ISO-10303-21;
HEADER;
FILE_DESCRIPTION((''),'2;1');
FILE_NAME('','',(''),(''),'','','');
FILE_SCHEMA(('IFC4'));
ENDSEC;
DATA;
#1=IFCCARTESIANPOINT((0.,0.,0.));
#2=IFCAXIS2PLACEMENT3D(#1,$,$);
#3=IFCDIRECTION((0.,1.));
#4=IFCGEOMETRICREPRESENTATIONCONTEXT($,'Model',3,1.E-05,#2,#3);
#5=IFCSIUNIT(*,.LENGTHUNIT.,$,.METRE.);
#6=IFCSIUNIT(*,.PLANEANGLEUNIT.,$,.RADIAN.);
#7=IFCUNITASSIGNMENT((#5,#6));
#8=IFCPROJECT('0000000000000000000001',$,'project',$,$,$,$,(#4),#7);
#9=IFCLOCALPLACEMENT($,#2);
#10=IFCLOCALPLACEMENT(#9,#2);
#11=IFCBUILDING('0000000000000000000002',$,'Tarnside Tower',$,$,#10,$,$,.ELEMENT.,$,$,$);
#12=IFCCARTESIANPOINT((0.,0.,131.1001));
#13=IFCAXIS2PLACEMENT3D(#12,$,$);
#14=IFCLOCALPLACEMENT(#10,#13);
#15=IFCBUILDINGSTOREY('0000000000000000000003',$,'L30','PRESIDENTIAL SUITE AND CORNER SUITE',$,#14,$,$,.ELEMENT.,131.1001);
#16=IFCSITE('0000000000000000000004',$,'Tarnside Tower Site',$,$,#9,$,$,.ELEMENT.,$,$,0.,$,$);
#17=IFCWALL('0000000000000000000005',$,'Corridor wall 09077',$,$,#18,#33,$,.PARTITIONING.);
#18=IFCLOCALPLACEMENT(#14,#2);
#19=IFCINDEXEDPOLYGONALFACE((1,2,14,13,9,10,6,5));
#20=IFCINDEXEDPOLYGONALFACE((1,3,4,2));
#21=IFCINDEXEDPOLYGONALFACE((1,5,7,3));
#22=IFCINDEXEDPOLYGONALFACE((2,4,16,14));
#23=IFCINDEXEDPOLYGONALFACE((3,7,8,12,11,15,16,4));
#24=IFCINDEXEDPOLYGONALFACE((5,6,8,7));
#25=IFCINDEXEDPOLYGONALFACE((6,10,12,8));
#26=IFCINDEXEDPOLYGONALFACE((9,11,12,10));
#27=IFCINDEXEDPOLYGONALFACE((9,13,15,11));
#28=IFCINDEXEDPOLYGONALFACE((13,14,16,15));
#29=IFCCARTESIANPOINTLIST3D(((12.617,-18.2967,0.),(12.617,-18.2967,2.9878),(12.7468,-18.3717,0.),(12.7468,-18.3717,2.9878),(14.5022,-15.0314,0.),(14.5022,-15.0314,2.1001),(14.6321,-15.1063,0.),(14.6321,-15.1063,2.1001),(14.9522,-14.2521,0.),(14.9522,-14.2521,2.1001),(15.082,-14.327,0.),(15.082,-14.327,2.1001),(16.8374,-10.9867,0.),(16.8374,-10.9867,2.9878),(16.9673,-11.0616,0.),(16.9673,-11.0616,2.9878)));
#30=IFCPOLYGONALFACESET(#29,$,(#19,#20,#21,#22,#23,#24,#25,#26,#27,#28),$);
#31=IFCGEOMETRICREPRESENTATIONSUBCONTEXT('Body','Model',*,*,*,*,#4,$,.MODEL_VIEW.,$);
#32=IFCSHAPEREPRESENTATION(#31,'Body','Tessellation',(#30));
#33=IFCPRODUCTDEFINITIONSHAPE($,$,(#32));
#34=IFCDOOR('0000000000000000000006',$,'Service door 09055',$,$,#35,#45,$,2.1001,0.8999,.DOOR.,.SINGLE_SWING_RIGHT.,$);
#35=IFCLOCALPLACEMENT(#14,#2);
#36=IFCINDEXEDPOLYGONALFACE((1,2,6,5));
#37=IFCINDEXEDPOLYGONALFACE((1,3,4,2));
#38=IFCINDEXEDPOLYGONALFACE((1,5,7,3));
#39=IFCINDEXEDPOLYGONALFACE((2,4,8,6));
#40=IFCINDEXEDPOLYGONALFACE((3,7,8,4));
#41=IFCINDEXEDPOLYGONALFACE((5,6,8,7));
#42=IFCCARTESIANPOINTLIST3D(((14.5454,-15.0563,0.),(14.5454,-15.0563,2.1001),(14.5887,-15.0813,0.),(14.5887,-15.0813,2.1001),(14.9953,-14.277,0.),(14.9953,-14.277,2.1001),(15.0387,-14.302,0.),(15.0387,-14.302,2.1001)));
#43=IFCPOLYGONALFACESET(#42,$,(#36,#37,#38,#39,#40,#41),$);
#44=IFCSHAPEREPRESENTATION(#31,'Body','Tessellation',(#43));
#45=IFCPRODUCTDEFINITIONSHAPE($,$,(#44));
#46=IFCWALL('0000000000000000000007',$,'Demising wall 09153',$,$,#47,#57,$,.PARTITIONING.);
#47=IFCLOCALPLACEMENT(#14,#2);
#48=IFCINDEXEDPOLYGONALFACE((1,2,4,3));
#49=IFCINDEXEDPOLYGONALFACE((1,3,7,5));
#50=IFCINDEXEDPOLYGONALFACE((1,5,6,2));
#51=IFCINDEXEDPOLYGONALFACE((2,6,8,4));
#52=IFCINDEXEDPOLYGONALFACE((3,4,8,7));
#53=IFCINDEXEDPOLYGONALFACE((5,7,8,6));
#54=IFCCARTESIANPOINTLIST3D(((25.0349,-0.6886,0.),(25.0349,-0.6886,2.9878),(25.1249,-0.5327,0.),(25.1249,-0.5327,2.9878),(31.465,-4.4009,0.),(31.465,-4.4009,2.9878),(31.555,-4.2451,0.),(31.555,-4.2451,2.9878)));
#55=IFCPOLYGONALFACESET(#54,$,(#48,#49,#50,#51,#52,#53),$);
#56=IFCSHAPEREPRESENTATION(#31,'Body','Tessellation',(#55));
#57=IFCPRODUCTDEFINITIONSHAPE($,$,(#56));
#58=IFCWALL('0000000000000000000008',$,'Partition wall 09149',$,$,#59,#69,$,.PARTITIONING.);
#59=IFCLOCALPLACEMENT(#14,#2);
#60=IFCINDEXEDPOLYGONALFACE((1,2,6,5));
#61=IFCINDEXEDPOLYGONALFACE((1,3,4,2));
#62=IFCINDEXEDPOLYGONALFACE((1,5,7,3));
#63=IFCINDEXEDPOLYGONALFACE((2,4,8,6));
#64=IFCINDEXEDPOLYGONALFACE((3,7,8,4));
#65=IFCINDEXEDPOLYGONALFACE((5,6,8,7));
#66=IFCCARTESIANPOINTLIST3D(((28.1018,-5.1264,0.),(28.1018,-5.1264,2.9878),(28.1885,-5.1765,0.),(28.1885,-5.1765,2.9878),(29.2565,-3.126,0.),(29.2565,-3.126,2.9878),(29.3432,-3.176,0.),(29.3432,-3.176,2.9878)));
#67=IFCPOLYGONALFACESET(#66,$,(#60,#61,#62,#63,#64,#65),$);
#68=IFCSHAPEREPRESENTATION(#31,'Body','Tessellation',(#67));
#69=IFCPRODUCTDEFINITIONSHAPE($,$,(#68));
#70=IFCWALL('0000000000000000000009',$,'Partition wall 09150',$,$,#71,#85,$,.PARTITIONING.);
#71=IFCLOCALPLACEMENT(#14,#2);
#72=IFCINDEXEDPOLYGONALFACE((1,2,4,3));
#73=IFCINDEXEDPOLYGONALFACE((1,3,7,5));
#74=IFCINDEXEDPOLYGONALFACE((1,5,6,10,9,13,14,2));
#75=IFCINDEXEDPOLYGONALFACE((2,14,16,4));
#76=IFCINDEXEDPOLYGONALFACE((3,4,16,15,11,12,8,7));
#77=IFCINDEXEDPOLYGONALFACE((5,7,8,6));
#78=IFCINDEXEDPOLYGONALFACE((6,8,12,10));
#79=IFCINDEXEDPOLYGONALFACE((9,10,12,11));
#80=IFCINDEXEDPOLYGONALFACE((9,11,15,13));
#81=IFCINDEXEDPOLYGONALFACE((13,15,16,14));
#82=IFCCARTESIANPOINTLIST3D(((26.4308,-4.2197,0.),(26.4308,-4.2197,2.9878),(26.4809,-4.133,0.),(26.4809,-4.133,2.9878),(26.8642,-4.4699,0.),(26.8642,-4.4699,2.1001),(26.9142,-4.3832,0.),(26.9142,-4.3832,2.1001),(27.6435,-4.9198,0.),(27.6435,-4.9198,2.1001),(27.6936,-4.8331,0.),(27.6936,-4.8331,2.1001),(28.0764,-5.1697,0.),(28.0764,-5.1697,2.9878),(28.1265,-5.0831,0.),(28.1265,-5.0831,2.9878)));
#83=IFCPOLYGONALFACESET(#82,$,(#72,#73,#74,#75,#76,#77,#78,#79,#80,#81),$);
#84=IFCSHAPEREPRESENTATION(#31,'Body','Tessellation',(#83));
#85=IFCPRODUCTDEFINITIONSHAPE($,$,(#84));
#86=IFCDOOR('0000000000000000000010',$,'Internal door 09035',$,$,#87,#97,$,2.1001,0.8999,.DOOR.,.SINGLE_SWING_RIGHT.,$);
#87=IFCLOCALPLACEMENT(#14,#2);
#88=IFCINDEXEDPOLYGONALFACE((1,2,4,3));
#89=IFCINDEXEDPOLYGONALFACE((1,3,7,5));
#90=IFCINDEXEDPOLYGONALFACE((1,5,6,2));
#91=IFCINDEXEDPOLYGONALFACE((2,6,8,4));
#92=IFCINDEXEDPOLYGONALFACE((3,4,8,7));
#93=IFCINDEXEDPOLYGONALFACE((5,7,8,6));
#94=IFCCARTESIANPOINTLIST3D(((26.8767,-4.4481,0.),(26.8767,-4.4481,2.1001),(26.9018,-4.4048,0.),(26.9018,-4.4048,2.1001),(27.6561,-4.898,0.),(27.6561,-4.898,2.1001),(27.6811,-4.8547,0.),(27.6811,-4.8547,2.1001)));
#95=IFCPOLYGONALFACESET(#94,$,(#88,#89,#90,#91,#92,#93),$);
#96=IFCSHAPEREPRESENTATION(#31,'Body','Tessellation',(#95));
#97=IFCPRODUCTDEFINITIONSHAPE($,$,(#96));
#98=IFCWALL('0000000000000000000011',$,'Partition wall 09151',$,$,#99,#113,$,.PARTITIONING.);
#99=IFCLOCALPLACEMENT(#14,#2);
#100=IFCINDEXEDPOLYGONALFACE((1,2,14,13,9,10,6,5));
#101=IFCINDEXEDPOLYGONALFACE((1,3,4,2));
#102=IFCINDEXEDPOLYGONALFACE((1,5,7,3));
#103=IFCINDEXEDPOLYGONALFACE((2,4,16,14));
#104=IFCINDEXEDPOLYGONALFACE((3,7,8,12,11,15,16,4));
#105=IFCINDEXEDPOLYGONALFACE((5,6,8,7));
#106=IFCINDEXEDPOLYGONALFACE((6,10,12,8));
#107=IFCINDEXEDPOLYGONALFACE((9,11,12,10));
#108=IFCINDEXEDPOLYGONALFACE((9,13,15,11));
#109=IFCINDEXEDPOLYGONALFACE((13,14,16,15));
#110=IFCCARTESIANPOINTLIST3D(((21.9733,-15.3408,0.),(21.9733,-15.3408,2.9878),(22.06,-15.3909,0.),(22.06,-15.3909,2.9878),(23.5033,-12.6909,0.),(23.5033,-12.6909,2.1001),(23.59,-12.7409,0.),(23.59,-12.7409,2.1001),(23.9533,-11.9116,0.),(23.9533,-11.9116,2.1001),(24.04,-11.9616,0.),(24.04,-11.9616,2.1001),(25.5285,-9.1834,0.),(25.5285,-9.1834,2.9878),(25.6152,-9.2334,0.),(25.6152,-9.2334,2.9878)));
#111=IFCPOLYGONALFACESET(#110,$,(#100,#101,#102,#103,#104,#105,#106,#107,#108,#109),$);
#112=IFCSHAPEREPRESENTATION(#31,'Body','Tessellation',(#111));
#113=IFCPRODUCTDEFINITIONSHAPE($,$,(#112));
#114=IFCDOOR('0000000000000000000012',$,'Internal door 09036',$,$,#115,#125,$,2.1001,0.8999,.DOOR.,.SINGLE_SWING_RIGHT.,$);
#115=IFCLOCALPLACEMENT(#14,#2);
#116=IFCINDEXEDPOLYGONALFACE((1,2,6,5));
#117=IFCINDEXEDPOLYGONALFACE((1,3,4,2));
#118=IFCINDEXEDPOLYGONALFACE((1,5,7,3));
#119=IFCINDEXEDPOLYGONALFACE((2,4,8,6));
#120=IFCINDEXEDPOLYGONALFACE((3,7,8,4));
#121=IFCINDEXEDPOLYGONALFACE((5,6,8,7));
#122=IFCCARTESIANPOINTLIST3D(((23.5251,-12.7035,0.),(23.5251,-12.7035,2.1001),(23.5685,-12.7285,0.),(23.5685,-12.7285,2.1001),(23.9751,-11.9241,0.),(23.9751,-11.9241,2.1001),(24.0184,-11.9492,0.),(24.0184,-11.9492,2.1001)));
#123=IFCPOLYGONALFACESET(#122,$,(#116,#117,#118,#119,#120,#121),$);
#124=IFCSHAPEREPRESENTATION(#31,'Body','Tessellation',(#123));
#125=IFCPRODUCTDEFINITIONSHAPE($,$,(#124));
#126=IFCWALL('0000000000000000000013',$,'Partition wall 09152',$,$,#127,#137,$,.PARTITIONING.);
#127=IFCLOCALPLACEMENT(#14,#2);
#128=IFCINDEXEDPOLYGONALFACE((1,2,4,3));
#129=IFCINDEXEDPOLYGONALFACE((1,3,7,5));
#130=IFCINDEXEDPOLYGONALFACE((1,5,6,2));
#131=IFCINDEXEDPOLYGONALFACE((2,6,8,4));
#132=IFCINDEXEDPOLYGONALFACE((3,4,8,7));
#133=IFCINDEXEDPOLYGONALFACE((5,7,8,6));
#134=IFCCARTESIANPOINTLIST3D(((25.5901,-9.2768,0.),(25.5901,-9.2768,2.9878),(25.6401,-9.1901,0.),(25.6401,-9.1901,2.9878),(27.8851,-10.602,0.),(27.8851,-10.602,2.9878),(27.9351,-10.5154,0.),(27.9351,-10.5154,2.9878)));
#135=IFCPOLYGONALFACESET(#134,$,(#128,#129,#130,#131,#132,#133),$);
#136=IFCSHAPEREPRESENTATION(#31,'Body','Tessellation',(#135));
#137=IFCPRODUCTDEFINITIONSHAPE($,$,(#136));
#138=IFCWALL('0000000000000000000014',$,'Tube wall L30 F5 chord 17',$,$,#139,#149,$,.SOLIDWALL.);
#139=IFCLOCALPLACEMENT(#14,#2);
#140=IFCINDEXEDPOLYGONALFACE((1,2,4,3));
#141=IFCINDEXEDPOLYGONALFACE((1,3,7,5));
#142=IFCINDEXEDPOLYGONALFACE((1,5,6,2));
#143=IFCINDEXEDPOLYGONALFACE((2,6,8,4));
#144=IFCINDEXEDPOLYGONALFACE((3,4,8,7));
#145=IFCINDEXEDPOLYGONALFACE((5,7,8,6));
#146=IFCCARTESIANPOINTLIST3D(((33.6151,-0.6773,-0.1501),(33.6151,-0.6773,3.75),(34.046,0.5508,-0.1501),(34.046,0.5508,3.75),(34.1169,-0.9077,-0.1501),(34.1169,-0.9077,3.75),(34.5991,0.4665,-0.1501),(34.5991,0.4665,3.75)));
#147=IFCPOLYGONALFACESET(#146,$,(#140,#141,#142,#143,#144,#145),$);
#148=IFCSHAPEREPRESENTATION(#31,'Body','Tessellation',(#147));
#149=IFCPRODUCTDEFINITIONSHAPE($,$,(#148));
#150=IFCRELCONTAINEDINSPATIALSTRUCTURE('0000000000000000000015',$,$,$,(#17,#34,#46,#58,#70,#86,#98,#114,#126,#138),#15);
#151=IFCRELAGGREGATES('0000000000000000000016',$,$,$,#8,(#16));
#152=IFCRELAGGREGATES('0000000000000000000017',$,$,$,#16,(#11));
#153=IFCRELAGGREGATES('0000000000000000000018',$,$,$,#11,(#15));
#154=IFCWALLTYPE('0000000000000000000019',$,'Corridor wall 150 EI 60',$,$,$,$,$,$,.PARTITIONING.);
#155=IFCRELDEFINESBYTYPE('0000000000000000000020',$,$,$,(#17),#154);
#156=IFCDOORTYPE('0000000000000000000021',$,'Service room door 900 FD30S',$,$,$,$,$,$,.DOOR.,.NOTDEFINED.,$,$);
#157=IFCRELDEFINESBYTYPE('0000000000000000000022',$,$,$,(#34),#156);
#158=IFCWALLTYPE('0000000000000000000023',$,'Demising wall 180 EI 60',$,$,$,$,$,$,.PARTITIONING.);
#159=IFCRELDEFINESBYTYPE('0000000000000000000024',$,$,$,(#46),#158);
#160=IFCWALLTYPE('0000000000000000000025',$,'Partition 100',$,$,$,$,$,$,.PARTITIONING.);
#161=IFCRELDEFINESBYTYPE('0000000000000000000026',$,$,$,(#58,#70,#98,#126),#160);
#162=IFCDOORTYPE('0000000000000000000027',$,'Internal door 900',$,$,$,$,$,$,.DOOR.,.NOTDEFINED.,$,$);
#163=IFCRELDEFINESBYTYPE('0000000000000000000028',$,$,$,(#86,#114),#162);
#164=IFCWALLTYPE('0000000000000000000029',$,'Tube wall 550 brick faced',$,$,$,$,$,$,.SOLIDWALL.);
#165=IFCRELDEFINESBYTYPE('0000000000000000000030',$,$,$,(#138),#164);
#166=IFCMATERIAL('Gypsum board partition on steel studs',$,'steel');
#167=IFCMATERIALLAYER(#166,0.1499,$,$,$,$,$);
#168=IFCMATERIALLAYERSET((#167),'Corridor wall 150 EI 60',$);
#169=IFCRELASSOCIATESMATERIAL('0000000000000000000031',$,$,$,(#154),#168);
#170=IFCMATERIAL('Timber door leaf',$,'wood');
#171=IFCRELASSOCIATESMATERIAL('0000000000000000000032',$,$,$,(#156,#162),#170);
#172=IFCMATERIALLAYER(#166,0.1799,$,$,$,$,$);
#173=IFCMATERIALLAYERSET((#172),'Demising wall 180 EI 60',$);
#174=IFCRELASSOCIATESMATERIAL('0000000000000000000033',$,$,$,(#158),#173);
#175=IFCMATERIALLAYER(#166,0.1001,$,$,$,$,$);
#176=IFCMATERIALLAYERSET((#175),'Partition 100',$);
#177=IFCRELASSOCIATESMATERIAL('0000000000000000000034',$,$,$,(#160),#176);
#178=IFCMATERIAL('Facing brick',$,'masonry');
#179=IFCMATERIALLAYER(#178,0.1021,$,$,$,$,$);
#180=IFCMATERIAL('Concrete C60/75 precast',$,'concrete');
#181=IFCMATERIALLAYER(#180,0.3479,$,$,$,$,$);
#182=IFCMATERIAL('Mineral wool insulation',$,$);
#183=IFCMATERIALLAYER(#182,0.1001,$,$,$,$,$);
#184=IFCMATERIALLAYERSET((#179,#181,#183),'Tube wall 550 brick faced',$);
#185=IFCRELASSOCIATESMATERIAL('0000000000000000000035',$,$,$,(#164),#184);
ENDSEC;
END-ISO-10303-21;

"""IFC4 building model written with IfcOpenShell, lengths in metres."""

from ifc_helpers import new_model, si_unit, direction, frame, frame_2d, origin, place, context, subcontext, project, spatial, polyline, rectangle, outline, extrude, material, layer, layer_set, type_object, element, fill, save


model = new_model("IFC4")

# Units and contexts
model_context = context("Model", 3, precision=1e-05, world=origin(), true_north=direction((0.0, 1.0)))
body_context = subcontext(model_context, "Body", "Model", "MODEL_VIEW")
ifc_project = project(units=[si_unit("LENGTHUNIT", "METRE"), si_unit("PLANEANGLEUNIT", "RADIAN")], contexts=[model_context])

# Site, building, storey
site_placement = place(None, origin())
site = spatial("IfcSite", under=ifc_project, at=site_placement, Name="Tarnside Tower Site", CompositionType="ELEMENT", RefElevation=0.0)
building_placement = place(site_placement, origin())
building = spatial("IfcBuilding", under=site, at=building_placement, Name="Tarnside Tower", CompositionType="ELEMENT")
storey_placement = place(building_placement, frame((0.0, 0.0, 131.1001)))
storey = spatial("IfcBuildingStorey", under=building, at=storey_placement, Name="L30", Description="PRESIDENTIAL SUITE AND CORNER SUITE", CompositionType="ELEMENT", Elevation=131.1001)

# Shared definitions
ifc_material_1 = material(Name="Gypsum board partition on steel studs", Category="steel")

# Shared definitions
ifc_material_2 = material(Name="Timber door leaf", Category="wood")

# Shared definitions
ifc_layer_1 = layer(ifc_material_1, 0.1499)
ifc_layer_set_1 = layer_set([ifc_layer_1], Name="Corridor wall 150 EI 60")
wall_type_1 = type_object("IfcWallType", Name="Corridor wall 150 EI 60", PredefinedType="PARTITIONING", material=ifc_layer_set_1)

# Wall, opening, door
wall_1_placement = place(storey_placement, frame((16.9023, -11.0242, 0.0), z_axis=(0.0, 0.0, 1.0), x_axis=(-0.5, -0.866026, 0.0)))
wall_1 = element("IfcWall", 1, at=wall_1_placement, inside=storey, type_object=wall_type_1, Name="Corridor wall 09077", PredefinedType="PARTITIONING", context=body_context, shape_type="SweptSolid", body=[
    extrude(rectangle(XDim=8.4409, YDim=0.1499, at=frame_2d((4.2205, 0.0))), origin(), (0.0, 0.0, 1.0), 2.9878),
])
opening_1_placement = place(wall_1_placement, frame((3.7705, 0.0, 0.0)))
opening_1 = element("IfcOpeningElement", 2, at=opening_1_placement, cuts=wall_1, PredefinedType="OPENING", context=body_context, shape_type="SweptSolid", body=[
    extrude(rectangle(XDim=0.8999, YDim=2.1001, at=frame_2d((0.45, 1.05))), frame((0.0, 0.085, 0.0), z_axis=(0.0, -1.0, 0.0), x_axis=(1.0, 0.0, 0.0)), (0.0, 0.0, 1.0), 0.1699),
])
door_type_1 = type_object("IfcDoorType", Name="Service room door 900 FD30S", OperationType="NOTDEFINED", PredefinedType="DOOR", material=ifc_material_2)
door_1_placement = place(opening_1_placement, origin())
door_1 = element("IfcDoor", 3, at=door_1_placement, inside=storey, type_object=door_type_1, Name="Service door 09055", OperationType="SINGLE_SWING_RIGHT", OverallHeight=2.1001, OverallWidth=0.8999, PredefinedType="DOOR", context=body_context, shape_type="SweptSolid", body=[
    extrude(rectangle(XDim=0.8999, YDim=2.1001, at=frame_2d((0.45, 1.05))), frame((0.0, 0.0249, 0.0), z_axis=(0.0, -1.0, 0.0), x_axis=(1.0, 0.0, 0.0)), (0.0, 0.0, 1.0), 0.05),
])
fill(opening_1, door_1)

# Walls
ifc_layer_2 = layer(ifc_material_1, 0.1799)
ifc_layer_set_2 = layer_set([ifc_layer_2], Name="Demising wall 180 EI 60")
wall_type_2 = type_object("IfcWallType", Name="Demising wall 180 EI 60", PredefinedType="PARTITIONING", material=ifc_layer_set_2)
wall_2_placement = place(storey_placement, frame((31.51, -4.323, 0.0), z_axis=(0.0, 0.0, 1.0), x_axis=(-0.866029, 0.499994, 0.0)))
element("IfcWall", 4, at=wall_2_placement, inside=storey, type_object=wall_type_2, Name="Demising wall 09153", PredefinedType="PARTITIONING", context=body_context, shape_type="SweptSolid", body=[
    extrude(rectangle(XDim=7.4248, YDim=0.1799, at=frame_2d((3.7124, 0.0))), origin(), (0.0, 0.0, 1.0), 2.9878),
])
ifc_layer_3 = layer(ifc_material_1, 0.1001)
ifc_layer_set_3 = layer_set([ifc_layer_3], Name="Partition 100")
wall_type_3 = type_object("IfcWallType", Name="Partition 100", PredefinedType="PARTITIONING", material=ifc_layer_set_3)
wall_3_placement = place(storey_placement, frame((29.2998, -3.1511, 0.0), z_axis=(0.0, 0.0, 1.0), x_axis=(-0.499936, -0.866062, 0.0)))
element("IfcWall", 5, at=wall_3_placement, inside=storey, type_object=wall_type_3, Name="Partition wall 09149", PredefinedType="PARTITIONING", context=body_context, shape_type="SweptSolid", body=[
    extrude(rectangle(XDim=2.3098, YDim=0.1001, at=frame_2d((1.1548, 0.0))), origin(), (0.0, 0.0, 1.0), 2.9878),
])

# Walls, openings, doors
wall_4_placement = place(storey_placement, frame((28.1016, -5.1265, 0.0), z_axis=(0.0, 0.0, 1.0), x_axis=(-0.866044, 0.499967, 0.0)))
wall_4 = element("IfcWall", 6, at=wall_4_placement, inside=storey, type_object=wall_type_3, Name="Partition wall 09150", PredefinedType="PARTITIONING", context=body_context, shape_type="SweptSolid", body=[
    extrude(rectangle(XDim=1.9001, YDim=0.1001, at=frame_2d((0.9502, 0.0))), origin(), (0.0, 0.0, 1.0), 2.9878),
])
opening_2_placement = place(wall_4_placement, frame((0.5, 0.0, 0.0)))
opening_2 = element("IfcOpeningElement", 7, at=opening_2_placement, cuts=wall_4, PredefinedType="OPENING", context=body_context, shape_type="SweptSolid", body=[
    extrude(rectangle(XDim=0.8999, YDim=2.1001, at=frame_2d((0.45, 1.05))), frame((0.0, 0.0601, 0.0), z_axis=(0.0, -1.0, 0.0), x_axis=(1.0, 0.0, 0.0)), (0.0, 0.0, 1.0), 0.1201),
])
door_type_2 = type_object("IfcDoorType", Name="Internal door 900", OperationType="NOTDEFINED", PredefinedType="DOOR", material=ifc_material_2)
door_2_placement = place(opening_2_placement, origin())
door_2 = element("IfcDoor", 8, at=door_2_placement, inside=storey, type_object=door_type_2, Name="Internal door 09035", OperationType="SINGLE_SWING_RIGHT", OverallHeight=2.1001, OverallWidth=0.8999, PredefinedType="DOOR", context=body_context, shape_type="SweptSolid", body=[
    extrude(rectangle(XDim=0.8999, YDim=2.1001, at=frame_2d((0.45, 1.05))), frame((0.0, 0.0249, 0.0), z_axis=(0.0, -1.0, 0.0), x_axis=(1.0, 0.0, 0.0)), (0.0, 0.0, 1.0), 0.05),
])
fill(opening_2, door_2)
wall_5_placement = place(storey_placement, frame((22.0166, -15.366, 0.0), z_axis=(0.0, 0.0, 1.0), x_axis=(0.500017, 0.866016, 0.0)))
wall_5 = element("IfcWall", 9, at=wall_5_placement, inside=storey, type_object=wall_type_3, Name="Partition wall 09151", PredefinedType="PARTITIONING", context=body_context, shape_type="SweptSolid", body=[
    extrude(rectangle(XDim=7.1101, YDim=0.1001, at=frame_2d((3.5552, 0.0))), origin(), (0.0, 0.0, 1.0), 2.9878),
])
opening_3_placement = place(wall_5_placement, frame((3.0601, 0.0, 0.0)))
opening_3 = element("IfcOpeningElement", 10, at=opening_3_placement, cuts=wall_5, PredefinedType="OPENING", context=body_context, shape_type="SweptSolid", body=[
    extrude(rectangle(XDim=0.8999, YDim=2.1001, at=frame_2d((0.45, 1.05))), frame((0.0, 0.0601, 0.0), z_axis=(0.0, -1.0, 0.0), x_axis=(1.0, 0.0, 0.0)), (0.0, 0.0, 1.0), 0.1201),
])
door_3_placement = place(opening_3_placement, origin())
door_3 = element("IfcDoor", 11, at=door_3_placement, inside=storey, type_object=door_type_2, Name="Internal door 09036", OperationType="SINGLE_SWING_RIGHT", OverallHeight=2.1001, OverallWidth=0.8999, PredefinedType="DOOR", context=body_context, shape_type="SweptSolid", body=[
    extrude(rectangle(XDim=0.8999, YDim=2.1001, at=frame_2d((0.45, 1.05))), frame((0.0, 0.0249, 0.0), z_axis=(0.0, -1.0, 0.0), x_axis=(1.0, 0.0, 0.0)), (0.0, 0.0, 1.0), 0.05),
])
fill(opening_3, door_3)

# Walls
wall_6_placement = place(storey_placement, frame((25.615, -9.2334, 0.0), z_axis=(0.0, 0.0, 1.0), x_axis=(0.865989, -0.500063, 0.0)))
element("IfcWall", 12, at=wall_6_placement, inside=storey, type_object=wall_type_3, Name="Partition wall 09152", PredefinedType="PARTITIONING", context=body_context, shape_type="SweptSolid", body=[
    extrude(rectangle(XDim=2.6501, YDim=0.1001, at=frame_2d((1.3252, 0.0))), origin(), (0.0, 0.0, 1.0), 2.9878),
])
ifc_material_3 = material(Name="Facing brick", Category="masonry")
ifc_layer_4 = layer(ifc_material_3, 0.1021)
ifc_material_4 = material(Name="Concrete C60/75 precast", Category="concrete")
ifc_layer_5 = layer(ifc_material_4, 0.3479)
ifc_material_5 = material(Name="Mineral wool insulation")
ifc_layer_6 = layer(ifc_material_5, 0.1001)
ifc_layer_set_4 = layer_set([ifc_layer_4, ifc_layer_5, ifc_layer_6], Name="Tube wall 550 brick faced")
wall_type_4 = type_object("IfcWallType", Name="Tube wall 550 brick faced", PredefinedType="SOLIDWALL", material=ifc_layer_set_4)
wall_7_placement = place(storey_placement, frame((33.866, -0.7925, -0.1501), z_axis=(0.0, 0.0, 1.0), x_axis=(0.331115, 0.94359, 0.0)))
element("IfcWall", 13, at=wall_7_placement, inside=storey, type_object=wall_type_4, Name="Tube wall L30 F5 chord 17", PredefinedType="SOLIDWALL", context=body_context, shape_type="SweptSolid", body=[
    extrude(outline(polyline([(-0.0256, -0.2749), (1.4307, -0.2749), (1.3271, 0.2749), (0.0256, 0.2749), (-0.0256, -0.2749)])), origin(), (0.0, 0.0, 1.0), 3.9001),
])

save(model, "model.ifc")
